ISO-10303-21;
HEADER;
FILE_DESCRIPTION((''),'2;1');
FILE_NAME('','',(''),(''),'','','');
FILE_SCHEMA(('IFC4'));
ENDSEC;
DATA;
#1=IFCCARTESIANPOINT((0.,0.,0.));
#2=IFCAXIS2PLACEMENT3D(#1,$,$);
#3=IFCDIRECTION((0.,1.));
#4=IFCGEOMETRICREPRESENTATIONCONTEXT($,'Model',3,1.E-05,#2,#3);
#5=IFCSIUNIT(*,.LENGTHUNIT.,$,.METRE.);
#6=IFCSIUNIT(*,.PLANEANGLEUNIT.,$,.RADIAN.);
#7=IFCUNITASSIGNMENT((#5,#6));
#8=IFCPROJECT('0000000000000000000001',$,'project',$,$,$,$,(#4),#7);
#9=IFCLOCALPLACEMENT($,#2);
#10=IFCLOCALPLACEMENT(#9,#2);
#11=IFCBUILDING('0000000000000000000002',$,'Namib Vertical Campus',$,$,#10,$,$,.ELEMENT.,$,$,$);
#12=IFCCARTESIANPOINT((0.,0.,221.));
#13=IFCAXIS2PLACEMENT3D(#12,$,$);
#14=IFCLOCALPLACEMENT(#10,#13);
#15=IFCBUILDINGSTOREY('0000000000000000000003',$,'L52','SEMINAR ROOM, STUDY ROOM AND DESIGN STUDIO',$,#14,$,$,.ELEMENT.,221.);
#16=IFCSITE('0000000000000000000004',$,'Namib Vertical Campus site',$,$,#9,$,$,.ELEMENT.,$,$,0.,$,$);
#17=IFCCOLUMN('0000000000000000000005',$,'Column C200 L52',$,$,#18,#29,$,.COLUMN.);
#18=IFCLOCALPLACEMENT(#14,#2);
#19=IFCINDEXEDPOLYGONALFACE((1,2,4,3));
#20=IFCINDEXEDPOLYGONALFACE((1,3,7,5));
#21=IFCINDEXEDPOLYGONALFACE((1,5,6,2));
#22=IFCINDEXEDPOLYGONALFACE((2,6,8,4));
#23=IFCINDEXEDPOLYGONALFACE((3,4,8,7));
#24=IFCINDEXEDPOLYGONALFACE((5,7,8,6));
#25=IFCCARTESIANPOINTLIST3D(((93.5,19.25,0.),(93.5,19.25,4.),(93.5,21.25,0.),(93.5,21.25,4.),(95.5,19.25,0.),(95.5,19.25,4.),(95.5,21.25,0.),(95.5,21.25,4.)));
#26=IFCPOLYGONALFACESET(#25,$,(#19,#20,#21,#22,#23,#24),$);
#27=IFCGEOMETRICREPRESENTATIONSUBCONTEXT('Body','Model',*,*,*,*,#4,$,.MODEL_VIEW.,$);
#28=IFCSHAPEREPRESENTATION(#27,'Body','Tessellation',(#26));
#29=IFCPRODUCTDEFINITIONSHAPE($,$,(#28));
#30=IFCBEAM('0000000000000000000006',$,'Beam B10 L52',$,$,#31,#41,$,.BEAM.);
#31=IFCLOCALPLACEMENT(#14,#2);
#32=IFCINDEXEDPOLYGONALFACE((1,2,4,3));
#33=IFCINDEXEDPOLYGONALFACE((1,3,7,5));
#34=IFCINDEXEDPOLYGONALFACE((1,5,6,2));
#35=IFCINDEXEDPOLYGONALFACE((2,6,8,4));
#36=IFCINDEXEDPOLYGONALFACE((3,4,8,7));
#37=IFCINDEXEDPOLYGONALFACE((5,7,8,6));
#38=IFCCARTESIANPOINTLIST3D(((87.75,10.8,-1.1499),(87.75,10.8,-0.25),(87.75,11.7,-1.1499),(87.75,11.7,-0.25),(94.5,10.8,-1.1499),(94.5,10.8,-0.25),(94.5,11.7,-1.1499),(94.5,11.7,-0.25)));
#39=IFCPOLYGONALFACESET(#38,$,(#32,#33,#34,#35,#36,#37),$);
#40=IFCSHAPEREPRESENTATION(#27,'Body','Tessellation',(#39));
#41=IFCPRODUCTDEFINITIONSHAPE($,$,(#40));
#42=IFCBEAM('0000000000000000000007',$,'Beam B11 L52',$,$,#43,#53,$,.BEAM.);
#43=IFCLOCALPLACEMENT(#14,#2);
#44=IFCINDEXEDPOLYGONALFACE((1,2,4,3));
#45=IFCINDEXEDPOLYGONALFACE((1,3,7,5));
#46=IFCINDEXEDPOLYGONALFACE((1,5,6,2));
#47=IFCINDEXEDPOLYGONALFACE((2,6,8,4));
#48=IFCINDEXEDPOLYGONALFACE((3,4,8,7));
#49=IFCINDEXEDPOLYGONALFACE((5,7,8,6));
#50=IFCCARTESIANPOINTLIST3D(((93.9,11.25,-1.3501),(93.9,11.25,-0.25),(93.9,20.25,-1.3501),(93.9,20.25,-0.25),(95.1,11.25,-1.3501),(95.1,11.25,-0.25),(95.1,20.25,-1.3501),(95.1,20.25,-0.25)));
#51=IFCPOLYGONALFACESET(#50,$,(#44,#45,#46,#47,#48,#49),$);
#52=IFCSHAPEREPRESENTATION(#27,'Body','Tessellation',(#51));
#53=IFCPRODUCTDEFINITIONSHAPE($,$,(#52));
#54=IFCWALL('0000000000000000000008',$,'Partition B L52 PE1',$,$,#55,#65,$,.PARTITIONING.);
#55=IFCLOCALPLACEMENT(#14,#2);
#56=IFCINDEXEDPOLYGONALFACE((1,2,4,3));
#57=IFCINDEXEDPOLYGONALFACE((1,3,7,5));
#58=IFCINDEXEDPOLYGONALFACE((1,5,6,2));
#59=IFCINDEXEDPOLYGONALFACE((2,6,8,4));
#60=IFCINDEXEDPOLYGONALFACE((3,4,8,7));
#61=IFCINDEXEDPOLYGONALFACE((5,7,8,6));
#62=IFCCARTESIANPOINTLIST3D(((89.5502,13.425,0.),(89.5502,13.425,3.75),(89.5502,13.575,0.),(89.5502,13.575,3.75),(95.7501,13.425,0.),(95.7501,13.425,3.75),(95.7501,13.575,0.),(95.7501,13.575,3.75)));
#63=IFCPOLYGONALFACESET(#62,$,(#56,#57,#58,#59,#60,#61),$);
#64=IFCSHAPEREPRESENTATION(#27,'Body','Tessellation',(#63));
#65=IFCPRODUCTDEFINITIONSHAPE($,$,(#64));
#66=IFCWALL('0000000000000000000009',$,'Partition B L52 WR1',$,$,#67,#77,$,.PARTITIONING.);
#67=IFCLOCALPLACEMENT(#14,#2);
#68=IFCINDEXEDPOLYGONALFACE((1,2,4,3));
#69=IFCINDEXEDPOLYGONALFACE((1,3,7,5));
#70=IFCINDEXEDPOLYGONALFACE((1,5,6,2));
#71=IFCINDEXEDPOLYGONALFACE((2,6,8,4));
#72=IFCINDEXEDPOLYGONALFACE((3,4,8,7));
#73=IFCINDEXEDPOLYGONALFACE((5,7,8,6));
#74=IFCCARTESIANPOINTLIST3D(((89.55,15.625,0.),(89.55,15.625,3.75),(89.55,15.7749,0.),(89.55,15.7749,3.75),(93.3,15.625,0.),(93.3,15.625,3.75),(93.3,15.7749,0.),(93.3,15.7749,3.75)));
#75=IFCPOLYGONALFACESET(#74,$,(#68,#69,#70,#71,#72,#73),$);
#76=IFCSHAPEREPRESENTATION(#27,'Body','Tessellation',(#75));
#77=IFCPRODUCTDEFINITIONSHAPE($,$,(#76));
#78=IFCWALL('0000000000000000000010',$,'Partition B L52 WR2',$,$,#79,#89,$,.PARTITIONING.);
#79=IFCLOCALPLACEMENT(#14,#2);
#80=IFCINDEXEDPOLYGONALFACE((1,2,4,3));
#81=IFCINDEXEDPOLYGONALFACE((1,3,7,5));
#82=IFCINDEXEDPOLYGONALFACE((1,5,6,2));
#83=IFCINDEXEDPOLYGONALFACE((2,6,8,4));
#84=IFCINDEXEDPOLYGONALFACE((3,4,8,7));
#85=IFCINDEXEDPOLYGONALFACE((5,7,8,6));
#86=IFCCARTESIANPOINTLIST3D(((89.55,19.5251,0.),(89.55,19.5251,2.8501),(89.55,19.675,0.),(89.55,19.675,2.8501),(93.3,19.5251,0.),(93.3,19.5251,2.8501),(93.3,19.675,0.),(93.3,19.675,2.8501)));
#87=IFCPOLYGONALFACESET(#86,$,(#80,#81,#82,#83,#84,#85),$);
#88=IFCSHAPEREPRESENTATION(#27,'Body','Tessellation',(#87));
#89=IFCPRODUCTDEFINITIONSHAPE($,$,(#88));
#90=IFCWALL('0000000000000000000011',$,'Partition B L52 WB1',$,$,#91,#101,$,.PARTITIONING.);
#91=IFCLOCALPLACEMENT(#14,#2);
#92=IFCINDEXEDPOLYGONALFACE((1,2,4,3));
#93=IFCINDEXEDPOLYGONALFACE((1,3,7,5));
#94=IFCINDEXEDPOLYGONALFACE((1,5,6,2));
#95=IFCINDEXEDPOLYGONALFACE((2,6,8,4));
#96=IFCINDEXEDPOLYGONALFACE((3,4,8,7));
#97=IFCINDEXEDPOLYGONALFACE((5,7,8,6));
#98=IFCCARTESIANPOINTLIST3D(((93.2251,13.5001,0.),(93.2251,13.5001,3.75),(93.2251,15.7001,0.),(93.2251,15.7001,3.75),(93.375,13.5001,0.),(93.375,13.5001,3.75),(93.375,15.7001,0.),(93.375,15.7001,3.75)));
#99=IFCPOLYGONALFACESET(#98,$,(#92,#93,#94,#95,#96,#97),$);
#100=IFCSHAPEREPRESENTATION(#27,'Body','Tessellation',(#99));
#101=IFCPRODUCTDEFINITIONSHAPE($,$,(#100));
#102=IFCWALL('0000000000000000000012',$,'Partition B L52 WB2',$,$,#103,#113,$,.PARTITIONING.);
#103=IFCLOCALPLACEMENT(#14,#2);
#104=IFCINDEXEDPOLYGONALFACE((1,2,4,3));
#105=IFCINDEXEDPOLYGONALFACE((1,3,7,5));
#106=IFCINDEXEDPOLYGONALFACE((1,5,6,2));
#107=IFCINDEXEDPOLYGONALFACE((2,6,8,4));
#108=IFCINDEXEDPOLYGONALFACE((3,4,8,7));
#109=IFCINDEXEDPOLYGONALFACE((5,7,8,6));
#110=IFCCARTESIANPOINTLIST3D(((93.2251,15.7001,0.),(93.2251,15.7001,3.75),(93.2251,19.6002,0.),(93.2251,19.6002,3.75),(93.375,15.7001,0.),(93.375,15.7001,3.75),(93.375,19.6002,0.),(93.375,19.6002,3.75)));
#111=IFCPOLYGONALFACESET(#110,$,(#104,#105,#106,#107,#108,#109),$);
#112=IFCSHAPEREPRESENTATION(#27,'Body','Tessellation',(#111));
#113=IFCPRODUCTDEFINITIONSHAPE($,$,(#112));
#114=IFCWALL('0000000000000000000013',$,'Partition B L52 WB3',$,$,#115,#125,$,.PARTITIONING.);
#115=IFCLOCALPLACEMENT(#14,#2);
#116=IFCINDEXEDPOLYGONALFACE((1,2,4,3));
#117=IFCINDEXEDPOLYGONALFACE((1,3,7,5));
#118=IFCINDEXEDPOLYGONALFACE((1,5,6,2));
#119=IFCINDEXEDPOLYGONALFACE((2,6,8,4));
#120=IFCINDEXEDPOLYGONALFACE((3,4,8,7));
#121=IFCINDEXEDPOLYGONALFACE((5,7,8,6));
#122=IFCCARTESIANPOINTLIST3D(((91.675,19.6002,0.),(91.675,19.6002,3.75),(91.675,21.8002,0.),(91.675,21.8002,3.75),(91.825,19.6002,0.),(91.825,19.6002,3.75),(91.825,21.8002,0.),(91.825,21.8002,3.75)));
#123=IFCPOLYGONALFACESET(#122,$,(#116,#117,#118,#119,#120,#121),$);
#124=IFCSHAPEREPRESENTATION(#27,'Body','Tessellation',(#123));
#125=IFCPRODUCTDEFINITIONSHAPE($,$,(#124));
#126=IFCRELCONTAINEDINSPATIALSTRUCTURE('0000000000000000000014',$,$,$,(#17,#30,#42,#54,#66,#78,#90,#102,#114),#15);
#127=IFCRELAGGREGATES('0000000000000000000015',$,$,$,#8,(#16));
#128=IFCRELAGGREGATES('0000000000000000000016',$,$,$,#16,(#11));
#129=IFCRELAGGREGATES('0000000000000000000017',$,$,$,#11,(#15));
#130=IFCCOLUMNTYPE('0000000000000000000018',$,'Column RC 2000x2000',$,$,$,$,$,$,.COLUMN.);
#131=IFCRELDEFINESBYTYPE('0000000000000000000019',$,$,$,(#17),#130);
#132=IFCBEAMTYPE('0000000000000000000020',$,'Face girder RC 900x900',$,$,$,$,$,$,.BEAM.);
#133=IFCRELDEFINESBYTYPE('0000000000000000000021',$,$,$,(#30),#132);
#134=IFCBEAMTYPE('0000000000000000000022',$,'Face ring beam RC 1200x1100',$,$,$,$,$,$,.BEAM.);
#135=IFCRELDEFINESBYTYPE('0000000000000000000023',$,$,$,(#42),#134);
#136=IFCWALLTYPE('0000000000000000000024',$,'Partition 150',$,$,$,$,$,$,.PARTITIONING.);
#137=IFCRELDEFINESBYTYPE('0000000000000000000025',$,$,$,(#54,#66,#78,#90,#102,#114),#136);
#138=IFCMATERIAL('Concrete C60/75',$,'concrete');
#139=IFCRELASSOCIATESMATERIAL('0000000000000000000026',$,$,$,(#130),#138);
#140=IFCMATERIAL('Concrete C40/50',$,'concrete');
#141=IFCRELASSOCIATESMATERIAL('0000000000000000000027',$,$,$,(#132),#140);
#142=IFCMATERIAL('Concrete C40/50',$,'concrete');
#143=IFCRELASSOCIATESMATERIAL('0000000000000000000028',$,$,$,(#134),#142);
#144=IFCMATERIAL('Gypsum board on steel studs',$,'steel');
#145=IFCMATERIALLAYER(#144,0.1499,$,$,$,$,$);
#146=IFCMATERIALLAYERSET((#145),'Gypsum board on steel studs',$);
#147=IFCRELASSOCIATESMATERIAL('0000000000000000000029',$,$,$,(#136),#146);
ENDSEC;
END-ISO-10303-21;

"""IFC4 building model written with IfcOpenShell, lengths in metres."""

from ifc_helpers import new_model, si_unit, direction, frame, frame_2d, origin, origin_2d, place, context, subcontext, project, spatial, rectangle, extrude, material, layer, layer_set, material_profile, profile_set, type_object, element, save


model = new_model("IFC4")

# Units and contexts
model_context = context("Model", 3, precision=1e-05, world=origin(), true_north=direction((0.0, 1.0)))
body_context = subcontext(model_context, "Body", "Model", "MODEL_VIEW")
ifc_project = project(units=[si_unit("LENGTHUNIT", "METRE"), si_unit("PLANEANGLEUNIT", "RADIAN")], contexts=[model_context])

# Site, building, storey
site_placement = place(None, origin())
site = spatial("IfcSite", under=ifc_project, at=site_placement, Name="Namib Vertical Campus site", CompositionType="ELEMENT", RefElevation=0.0)
building_placement = place(site_placement, origin())
building = spatial("IfcBuilding", under=site, at=building_placement, Name="Namib Vertical Campus", CompositionType="ELEMENT")
storey_placement = place(building_placement, frame((0.0, 0.0, 221.0)))
storey = spatial("IfcBuildingStorey", under=building, at=storey_placement, Name="L52", Description="SEMINAR ROOM, STUDY ROOM AND DESIGN STUDIO", CompositionType="ELEMENT", Elevation=221.0)

# Column
ifc_material_1 = material(Name="Concrete C60/75", Category="concrete")
ifc_material_profile_1 = material_profile(ifc_material_1, rectangle(XDim=2.0, YDim=2.0, at=origin_2d()))
ifc_profile_set_1 = profile_set([ifc_material_profile_1], Name="Concrete C60/75")
column_type = type_object("IfcColumnType", Name="Column RC 2000x2000", PredefinedType="COLUMN", material=ifc_profile_set_1)
column_placement = place(storey_placement, frame((94.5, 20.25, 0.0), z_axis=(0.0, 0.0, 1.0), x_axis=(1.0, 0.0, 0.0)))
element("IfcColumn", 1, at=column_placement, inside=storey, type_object=column_type, Name="Column C200 L52", PredefinedType="COLUMN", context=body_context, shape_type="SweptSolid", body=[
    extrude(rectangle(XDim=2.0, YDim=2.0, at=origin_2d()), origin(), (0.0, 0.0, 1.0), 4.0),
])

# Beams
ifc_material_2 = material(Name="Concrete C40/50", Category="concrete")
ifc_material_profile_2 = material_profile(ifc_material_2, rectangle(XDim=0.8999, YDim=0.8999, at=origin_2d()))
ifc_profile_set_2 = profile_set([ifc_material_profile_2], Name="Concrete C40/50")
beam_type_1 = type_object("IfcBeamType", Name="Face girder RC 900x900", PredefinedType="BEAM", material=ifc_profile_set_2)
beam_1_placement = place(storey_placement, frame((94.5, 11.25, -0.7), z_axis=(-1.0, 0.0, 0.0), x_axis=(0.0, -1.0, 0.0)))
element("IfcBeam", 2, at=beam_1_placement, inside=storey, type_object=beam_type_1, Name="Beam B10 L52", PredefinedType="BEAM", context=body_context, shape_type="SweptSolid", body=[
    extrude(rectangle(XDim=0.8999, YDim=0.8999, at=origin_2d()), origin(), (0.0, 0.0, 1.0), 6.75),
])
ifc_material_3 = material(Name="Concrete C40/50", Category="concrete")
ifc_material_profile_3 = material_profile(ifc_material_3, rectangle(XDim=1.2, YDim=1.1001, at=origin_2d()))
ifc_profile_set_3 = profile_set([ifc_material_profile_3], Name="Concrete C40/50")
beam_type_2 = type_object("IfcBeamType", Name="Face ring beam RC 1200x1100", PredefinedType="BEAM", material=ifc_profile_set_3)
beam_2_placement = place(storey_placement, frame((94.5, 11.25, -0.8), z_axis=(0.0, 1.0, 0.0), x_axis=(-1.0, 0.0, 0.0)))
element("IfcBeam", 3, at=beam_2_placement, inside=storey, type_object=beam_type_2, Name="Beam B11 L52", PredefinedType="BEAM", context=body_context, shape_type="SweptSolid", body=[
    extrude(rectangle(XDim=1.2, YDim=1.1001, at=origin_2d()), origin(), (0.0, 0.0, 1.0), 9.0),
])

# Walls
ifc_material_4 = material(Name="Gypsum board on steel studs", Category="steel")
ifc_layer = layer(ifc_material_4, 0.1499)
ifc_layer_set = layer_set([ifc_layer], Name="Gypsum board on steel studs")
wall_type = type_object("IfcWallType", Name="Partition 150", PredefinedType="PARTITIONING", material=ifc_layer_set)
wall_1_placement = place(storey_placement, frame((89.55, 13.5, 0.0), z_axis=(0.0, 0.0, 1.0), x_axis=(1.0, 0.0, 0.0)))
element("IfcWall", 4, at=wall_1_placement, inside=storey, type_object=wall_type, Name="Partition B L52 PE1", PredefinedType="PARTITIONING", context=body_context, shape_type="SweptSolid", body=[
    extrude(rectangle(XDim=6.2, YDim=0.1499, at=frame_2d((3.1001, 0.0))), origin(), (0.0, 0.0, 1.0), 3.75),
])
wall_2_placement = place(storey_placement, frame((89.55, 15.7, 0.0), z_axis=(0.0, 0.0, 1.0), x_axis=(1.0, 0.0, 0.0)))
element("IfcWall", 5, at=wall_2_placement, inside=storey, type_object=wall_type, Name="Partition B L52 WR1", PredefinedType="PARTITIONING", context=body_context, shape_type="SweptSolid", body=[
    extrude(rectangle(XDim=3.75, YDim=0.1499, at=frame_2d((1.875, 0.0))), origin(), (0.0, 0.0, 1.0), 3.75),
])
wall_3_placement = place(storey_placement, frame((89.55, 19.6001, 0.0), z_axis=(0.0, 0.0, 1.0), x_axis=(1.0, 0.0, 0.0)))
element("IfcWall", 6, at=wall_3_placement, inside=storey, type_object=wall_type, Name="Partition B L52 WR2", PredefinedType="PARTITIONING", context=body_context, shape_type="SweptSolid", body=[
    extrude(rectangle(XDim=3.75, YDim=0.1499, at=frame_2d((1.875, 0.0))), origin(), (0.0, 0.0, 1.0), 2.8501),
])
wall_4_placement = place(storey_placement, frame((93.3, 13.5, 0.0), z_axis=(0.0, 0.0, 1.0), x_axis=(0.0, 1.0, 0.0)))
element("IfcWall", 7, at=wall_4_placement, inside=storey, type_object=wall_type, Name="Partition B L52 WB1", PredefinedType="PARTITIONING", context=body_context, shape_type="SweptSolid", body=[
    extrude(rectangle(XDim=2.2, YDim=0.1499, at=frame_2d((1.1001, 0.0))), origin(), (0.0, 0.0, 1.0), 3.75),
])
wall_5_placement = place(storey_placement, frame((93.3, 15.7, 0.0), z_axis=(0.0, 0.0, 1.0), x_axis=(0.0, 1.0, 0.0)))
element("IfcWall", 8, at=wall_5_placement, inside=storey, type_object=wall_type, Name="Partition B L52 WB2", PredefinedType="PARTITIONING", context=body_context, shape_type="SweptSolid", body=[
    extrude(rectangle(XDim=3.9001, YDim=0.1499, at=frame_2d((1.9502, 0.0))), origin(), (0.0, 0.0, 1.0), 3.75),
])
wall_6_placement = place(storey_placement, frame((91.75, 19.6001, 0.0), z_axis=(0.0, 0.0, 1.0), x_axis=(0.0, 1.0, 0.0)))
element("IfcWall", 9, at=wall_6_placement, inside=storey, type_object=wall_type, Name="Partition B L52 WB3", PredefinedType="PARTITIONING", context=body_context, shape_type="SweptSolid", body=[
    extrude(rectangle(XDim=2.2, YDim=0.1499, at=frame_2d((1.1001, 0.0))), origin(), (0.0, 0.0, 1.0), 3.75),
])

save(model, "model.ifc")
